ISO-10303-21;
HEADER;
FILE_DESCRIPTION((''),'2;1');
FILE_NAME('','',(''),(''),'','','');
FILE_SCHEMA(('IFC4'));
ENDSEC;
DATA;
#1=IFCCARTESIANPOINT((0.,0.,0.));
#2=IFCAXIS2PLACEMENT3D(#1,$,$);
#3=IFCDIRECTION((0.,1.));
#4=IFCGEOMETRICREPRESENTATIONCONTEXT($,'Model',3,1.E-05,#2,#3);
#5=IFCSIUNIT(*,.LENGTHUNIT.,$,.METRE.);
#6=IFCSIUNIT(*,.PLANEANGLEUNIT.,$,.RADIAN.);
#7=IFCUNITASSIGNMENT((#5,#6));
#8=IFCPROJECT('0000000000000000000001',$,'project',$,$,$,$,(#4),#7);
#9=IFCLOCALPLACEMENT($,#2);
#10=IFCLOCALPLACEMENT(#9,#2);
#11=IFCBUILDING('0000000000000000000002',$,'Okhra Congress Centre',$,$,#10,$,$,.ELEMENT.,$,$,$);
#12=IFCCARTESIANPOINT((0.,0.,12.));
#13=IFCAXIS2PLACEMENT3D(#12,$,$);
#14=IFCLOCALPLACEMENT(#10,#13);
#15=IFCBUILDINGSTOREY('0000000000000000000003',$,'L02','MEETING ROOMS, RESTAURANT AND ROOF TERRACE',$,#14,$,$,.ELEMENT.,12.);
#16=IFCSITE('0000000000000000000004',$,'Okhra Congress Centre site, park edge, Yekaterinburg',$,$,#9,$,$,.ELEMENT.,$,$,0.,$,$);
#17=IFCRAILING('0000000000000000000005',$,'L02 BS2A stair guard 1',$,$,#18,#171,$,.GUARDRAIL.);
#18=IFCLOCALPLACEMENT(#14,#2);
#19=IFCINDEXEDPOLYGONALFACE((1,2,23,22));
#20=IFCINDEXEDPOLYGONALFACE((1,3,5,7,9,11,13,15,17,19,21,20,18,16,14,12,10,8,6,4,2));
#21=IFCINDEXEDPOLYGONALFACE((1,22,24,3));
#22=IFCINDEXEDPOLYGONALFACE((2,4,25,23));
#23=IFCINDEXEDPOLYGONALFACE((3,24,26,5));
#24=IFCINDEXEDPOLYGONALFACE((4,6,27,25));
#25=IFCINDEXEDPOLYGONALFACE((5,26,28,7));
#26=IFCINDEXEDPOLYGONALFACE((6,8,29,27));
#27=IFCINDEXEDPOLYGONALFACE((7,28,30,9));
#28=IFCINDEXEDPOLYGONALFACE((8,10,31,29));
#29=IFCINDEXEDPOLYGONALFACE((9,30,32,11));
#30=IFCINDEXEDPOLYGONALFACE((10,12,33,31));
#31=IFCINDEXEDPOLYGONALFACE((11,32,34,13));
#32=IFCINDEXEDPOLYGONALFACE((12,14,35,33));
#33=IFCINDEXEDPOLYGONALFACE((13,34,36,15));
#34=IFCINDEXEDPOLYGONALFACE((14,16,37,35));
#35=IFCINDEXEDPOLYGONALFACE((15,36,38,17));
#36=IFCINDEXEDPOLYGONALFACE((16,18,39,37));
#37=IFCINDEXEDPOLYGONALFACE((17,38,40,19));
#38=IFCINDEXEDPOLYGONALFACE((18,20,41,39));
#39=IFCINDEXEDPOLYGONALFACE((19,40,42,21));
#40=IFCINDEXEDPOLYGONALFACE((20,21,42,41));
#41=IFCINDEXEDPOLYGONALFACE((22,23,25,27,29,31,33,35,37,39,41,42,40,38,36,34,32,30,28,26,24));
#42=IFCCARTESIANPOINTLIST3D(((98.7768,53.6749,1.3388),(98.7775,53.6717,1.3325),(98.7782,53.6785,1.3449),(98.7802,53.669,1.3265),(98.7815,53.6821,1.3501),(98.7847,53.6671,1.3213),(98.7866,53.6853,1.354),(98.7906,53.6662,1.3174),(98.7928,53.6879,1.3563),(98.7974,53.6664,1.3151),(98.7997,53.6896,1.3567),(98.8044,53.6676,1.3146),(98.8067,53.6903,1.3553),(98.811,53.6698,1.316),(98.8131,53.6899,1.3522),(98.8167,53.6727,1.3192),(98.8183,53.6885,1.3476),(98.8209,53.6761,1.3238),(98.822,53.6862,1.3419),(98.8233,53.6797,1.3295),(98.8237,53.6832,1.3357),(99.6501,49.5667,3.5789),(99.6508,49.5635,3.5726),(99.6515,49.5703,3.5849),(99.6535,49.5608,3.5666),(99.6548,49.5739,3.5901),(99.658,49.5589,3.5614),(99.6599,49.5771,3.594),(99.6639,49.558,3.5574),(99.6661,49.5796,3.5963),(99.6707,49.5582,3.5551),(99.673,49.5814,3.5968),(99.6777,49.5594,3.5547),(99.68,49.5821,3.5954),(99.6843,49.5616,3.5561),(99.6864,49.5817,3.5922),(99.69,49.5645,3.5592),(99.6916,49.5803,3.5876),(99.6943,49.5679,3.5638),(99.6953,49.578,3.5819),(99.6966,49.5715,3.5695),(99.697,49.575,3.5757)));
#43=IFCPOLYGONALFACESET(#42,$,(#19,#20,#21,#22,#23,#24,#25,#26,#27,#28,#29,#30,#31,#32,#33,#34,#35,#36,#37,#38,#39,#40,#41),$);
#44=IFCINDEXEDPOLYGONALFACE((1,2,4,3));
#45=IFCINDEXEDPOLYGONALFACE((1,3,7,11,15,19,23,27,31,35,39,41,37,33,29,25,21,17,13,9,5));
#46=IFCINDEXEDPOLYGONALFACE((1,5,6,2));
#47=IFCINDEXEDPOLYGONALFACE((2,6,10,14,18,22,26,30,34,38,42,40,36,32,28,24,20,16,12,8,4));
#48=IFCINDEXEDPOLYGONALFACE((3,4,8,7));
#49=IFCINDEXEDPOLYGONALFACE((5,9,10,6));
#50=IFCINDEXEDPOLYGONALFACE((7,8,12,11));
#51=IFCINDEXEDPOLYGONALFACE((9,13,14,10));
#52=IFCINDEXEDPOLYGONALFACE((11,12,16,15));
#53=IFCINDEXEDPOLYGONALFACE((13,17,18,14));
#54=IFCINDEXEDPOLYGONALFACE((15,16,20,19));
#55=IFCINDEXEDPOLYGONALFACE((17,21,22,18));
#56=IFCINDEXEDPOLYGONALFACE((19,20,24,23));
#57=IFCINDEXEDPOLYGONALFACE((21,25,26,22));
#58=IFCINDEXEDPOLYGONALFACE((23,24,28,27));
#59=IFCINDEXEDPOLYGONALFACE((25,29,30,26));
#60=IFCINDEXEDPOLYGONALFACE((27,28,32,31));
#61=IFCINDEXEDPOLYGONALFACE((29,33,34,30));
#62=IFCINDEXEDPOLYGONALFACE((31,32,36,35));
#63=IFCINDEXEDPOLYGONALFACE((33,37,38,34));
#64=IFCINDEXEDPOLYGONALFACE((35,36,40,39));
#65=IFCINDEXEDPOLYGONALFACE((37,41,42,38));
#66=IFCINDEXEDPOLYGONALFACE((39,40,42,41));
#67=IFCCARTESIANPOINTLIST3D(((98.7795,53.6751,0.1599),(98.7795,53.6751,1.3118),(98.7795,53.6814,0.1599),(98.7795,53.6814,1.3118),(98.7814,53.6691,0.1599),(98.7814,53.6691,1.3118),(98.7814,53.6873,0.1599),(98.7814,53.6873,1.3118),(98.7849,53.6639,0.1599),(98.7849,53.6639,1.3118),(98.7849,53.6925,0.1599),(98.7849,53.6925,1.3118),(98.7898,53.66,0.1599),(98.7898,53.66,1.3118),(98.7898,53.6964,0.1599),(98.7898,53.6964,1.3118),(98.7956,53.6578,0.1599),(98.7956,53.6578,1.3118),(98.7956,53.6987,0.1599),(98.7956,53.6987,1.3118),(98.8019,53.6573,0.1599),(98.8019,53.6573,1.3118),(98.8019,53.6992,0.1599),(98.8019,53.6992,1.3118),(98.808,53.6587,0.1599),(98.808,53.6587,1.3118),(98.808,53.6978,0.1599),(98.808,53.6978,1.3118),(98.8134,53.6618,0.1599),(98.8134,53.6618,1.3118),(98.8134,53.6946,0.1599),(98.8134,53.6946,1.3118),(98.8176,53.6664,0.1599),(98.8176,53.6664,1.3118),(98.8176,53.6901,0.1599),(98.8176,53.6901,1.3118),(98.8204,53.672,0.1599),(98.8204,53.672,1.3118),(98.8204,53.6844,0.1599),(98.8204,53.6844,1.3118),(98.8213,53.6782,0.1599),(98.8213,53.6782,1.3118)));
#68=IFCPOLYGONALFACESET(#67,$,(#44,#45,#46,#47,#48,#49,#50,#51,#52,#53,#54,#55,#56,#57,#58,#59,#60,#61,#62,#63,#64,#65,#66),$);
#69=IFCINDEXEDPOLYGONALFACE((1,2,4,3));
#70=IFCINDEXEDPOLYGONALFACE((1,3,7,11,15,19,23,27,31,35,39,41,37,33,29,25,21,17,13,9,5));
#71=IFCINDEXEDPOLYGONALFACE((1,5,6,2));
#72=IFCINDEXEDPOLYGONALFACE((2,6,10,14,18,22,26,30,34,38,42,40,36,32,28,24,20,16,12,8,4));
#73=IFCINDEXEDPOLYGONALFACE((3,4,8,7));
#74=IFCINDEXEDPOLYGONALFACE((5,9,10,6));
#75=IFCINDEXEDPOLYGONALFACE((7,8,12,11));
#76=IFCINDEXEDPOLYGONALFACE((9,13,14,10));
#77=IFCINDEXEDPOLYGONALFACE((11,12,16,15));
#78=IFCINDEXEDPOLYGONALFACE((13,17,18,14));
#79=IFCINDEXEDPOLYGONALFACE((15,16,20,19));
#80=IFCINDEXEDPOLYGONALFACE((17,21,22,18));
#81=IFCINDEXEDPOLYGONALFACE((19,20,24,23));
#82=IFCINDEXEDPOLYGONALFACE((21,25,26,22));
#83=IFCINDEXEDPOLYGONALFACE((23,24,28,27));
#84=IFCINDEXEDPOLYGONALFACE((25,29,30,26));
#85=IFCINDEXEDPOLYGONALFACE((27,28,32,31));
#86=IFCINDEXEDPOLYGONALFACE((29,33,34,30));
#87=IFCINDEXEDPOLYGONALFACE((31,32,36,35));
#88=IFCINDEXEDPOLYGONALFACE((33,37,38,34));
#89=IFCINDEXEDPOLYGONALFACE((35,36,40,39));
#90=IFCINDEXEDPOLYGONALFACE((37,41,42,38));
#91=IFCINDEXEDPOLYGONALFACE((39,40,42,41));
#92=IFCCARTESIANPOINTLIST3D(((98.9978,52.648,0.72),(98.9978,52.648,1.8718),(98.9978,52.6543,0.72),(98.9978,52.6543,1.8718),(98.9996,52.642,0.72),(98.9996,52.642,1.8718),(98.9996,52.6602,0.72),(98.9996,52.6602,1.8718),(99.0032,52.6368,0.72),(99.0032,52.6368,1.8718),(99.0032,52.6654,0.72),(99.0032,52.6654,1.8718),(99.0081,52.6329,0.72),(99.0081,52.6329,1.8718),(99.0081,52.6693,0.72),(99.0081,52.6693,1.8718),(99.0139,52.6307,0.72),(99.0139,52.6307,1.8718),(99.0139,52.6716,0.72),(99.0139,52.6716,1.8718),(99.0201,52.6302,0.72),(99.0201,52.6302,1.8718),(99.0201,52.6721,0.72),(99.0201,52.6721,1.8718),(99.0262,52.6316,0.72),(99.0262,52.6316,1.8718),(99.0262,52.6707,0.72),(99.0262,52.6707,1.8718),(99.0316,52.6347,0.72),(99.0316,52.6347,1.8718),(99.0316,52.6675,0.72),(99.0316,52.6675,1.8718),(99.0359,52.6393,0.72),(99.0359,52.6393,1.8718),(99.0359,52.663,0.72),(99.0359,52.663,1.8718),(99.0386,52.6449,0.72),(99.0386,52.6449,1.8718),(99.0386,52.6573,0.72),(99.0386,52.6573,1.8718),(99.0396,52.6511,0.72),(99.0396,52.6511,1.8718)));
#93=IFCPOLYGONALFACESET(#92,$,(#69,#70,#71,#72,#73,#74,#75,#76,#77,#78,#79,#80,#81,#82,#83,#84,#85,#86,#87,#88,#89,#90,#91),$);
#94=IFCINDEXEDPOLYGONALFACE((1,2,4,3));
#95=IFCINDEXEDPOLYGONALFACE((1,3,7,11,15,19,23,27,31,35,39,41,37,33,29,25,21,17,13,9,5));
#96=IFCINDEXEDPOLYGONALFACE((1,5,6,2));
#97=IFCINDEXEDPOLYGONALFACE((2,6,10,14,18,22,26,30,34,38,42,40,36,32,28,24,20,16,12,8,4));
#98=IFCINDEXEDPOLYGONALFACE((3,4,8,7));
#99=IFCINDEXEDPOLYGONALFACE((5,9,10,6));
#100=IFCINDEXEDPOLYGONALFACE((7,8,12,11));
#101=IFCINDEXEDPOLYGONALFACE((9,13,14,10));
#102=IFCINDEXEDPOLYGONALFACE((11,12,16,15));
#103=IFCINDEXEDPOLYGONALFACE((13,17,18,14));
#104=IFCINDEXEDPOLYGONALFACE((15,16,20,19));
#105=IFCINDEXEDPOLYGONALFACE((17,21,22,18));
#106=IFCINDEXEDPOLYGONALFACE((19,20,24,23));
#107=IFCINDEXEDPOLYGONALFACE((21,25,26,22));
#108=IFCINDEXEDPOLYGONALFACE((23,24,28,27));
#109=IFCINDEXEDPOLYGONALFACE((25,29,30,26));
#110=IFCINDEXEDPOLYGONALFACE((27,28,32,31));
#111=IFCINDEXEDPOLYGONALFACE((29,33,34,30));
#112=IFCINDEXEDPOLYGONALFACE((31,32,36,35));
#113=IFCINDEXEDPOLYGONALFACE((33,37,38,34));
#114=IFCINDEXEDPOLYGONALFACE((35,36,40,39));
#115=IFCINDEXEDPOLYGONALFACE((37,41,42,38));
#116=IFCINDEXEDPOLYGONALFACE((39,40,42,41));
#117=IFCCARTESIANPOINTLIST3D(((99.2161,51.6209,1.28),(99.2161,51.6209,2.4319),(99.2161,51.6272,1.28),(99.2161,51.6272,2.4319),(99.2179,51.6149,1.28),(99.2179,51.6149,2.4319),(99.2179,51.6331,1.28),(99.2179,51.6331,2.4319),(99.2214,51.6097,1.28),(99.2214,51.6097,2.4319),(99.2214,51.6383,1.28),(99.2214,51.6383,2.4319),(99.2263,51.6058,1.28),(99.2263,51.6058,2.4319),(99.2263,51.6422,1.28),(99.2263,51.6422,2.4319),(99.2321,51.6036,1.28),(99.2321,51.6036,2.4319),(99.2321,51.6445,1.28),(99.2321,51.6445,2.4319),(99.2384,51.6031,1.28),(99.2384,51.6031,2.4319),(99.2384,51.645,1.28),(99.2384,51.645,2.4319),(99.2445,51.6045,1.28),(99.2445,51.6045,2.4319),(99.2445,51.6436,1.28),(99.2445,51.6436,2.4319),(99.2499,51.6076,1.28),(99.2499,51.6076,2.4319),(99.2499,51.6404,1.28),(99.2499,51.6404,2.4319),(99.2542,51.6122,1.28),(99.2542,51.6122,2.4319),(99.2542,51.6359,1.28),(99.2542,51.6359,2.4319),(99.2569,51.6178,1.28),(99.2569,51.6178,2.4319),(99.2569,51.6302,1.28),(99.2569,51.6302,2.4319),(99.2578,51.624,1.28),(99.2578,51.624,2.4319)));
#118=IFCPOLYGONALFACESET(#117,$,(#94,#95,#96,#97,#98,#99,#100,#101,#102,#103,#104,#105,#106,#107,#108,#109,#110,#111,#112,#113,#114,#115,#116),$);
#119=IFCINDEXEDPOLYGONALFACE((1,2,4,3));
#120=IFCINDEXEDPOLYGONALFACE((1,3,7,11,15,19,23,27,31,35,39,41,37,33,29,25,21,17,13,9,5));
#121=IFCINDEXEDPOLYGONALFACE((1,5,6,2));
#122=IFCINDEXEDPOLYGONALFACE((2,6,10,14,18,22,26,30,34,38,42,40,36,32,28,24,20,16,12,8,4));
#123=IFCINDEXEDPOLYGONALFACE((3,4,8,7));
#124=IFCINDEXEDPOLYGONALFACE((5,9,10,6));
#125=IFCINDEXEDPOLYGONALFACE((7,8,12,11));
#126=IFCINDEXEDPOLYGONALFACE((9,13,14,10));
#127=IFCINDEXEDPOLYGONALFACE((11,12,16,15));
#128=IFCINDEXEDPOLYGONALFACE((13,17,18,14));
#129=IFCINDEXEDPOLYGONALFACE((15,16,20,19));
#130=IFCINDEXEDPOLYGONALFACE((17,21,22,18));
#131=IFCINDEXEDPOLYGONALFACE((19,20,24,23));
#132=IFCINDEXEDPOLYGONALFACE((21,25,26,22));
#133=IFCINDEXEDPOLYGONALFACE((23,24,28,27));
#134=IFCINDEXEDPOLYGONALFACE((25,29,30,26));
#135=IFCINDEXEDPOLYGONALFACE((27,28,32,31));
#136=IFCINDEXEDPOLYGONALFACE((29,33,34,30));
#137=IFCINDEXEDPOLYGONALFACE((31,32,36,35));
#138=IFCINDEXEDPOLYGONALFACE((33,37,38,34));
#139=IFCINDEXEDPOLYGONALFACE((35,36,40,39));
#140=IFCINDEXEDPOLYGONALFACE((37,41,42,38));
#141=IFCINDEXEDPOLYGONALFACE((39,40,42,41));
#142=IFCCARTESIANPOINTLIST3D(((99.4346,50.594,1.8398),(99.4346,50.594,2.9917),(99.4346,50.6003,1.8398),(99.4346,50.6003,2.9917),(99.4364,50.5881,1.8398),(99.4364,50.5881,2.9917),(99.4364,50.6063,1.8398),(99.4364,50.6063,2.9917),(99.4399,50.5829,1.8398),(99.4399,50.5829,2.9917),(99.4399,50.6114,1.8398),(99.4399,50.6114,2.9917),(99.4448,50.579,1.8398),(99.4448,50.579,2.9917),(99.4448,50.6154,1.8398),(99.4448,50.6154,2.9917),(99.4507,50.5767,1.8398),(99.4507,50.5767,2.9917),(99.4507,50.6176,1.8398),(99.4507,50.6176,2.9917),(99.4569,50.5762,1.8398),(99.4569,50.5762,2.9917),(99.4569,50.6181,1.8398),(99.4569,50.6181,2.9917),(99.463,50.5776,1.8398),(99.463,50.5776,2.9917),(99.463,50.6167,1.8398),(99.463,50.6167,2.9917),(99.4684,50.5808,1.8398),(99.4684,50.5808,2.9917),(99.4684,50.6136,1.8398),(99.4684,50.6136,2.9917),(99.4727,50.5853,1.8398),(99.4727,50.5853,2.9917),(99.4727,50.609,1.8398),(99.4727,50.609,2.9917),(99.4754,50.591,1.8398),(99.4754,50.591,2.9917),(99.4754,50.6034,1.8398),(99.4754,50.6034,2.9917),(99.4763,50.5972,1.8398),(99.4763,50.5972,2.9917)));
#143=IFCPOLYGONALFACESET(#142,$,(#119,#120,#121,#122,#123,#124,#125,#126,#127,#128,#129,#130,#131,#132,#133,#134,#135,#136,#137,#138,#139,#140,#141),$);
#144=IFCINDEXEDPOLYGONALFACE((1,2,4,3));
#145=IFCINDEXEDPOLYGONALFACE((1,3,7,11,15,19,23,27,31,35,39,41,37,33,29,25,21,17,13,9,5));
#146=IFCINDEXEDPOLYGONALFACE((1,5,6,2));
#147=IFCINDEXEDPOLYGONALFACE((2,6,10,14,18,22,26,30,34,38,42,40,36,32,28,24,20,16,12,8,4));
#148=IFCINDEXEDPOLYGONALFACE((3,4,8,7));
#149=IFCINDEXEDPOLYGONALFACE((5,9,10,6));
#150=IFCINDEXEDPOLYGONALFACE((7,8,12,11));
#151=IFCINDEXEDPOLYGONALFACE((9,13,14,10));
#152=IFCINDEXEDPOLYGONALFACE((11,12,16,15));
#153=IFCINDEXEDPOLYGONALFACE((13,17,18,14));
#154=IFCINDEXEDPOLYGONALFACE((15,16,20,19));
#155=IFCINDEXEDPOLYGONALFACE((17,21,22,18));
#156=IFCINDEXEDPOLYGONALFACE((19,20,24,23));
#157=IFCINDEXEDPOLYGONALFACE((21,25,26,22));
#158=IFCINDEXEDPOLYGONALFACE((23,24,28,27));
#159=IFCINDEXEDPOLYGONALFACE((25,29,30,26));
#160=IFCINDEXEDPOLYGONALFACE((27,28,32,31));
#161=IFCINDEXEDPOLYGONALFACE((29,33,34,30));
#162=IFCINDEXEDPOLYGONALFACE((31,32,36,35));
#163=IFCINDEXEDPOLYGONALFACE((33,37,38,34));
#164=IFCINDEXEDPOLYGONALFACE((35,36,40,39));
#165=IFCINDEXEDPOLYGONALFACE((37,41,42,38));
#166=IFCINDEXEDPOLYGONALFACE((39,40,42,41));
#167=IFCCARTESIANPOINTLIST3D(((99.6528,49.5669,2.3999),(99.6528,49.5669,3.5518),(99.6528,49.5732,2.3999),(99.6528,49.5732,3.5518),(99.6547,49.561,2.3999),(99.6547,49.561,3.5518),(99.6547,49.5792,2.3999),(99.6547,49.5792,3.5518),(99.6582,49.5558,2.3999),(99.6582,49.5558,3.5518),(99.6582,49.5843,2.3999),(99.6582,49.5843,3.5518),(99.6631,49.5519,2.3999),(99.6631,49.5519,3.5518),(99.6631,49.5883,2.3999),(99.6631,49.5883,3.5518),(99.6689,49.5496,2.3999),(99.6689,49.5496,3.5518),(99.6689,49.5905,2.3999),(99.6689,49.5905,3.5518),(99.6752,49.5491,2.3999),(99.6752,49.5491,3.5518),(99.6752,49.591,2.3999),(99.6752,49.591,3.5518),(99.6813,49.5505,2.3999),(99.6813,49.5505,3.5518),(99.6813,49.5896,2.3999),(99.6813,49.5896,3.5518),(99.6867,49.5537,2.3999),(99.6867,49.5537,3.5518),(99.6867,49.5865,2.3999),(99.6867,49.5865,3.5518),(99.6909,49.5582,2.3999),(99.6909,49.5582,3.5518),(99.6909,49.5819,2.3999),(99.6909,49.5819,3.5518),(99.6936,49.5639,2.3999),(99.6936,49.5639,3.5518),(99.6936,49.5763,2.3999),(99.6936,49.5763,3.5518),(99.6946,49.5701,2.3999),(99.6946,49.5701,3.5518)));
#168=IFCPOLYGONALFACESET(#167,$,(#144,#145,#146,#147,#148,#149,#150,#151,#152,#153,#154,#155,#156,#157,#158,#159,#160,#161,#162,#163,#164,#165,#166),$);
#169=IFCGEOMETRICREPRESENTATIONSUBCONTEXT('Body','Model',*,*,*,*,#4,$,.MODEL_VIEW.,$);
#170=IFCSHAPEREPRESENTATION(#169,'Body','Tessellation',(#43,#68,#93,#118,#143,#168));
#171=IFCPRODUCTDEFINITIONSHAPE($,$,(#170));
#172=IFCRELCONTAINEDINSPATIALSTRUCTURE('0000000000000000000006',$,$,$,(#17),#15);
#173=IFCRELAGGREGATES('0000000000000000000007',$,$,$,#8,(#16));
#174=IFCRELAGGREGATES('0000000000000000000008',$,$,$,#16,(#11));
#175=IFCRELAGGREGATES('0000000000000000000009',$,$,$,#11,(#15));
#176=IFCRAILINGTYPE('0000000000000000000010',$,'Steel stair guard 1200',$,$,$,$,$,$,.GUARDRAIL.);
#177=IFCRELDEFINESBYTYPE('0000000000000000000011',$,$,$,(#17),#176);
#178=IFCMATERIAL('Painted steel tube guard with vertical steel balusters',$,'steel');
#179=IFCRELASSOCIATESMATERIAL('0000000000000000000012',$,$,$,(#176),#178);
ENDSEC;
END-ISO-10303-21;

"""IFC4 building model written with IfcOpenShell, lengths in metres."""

from ifc_helpers import new_model, si_unit, direction, frame, origin, origin_2d, place, context, subcontext, project, spatial, circle, extrude, material, type_object, element, save


model = new_model("IFC4")

# Units and contexts
model_context = context("Model", 3, precision=1e-05, world=origin(), true_north=direction((0.0, 1.0)))
body_context = subcontext(model_context, "Body", "Model", "MODEL_VIEW")
ifc_project = project(units=[si_unit("LENGTHUNIT", "METRE"), si_unit("PLANEANGLEUNIT", "RADIAN")], contexts=[model_context])

# Site, building, storey
site_placement = place(None, origin())
site = spatial("IfcSite", under=ifc_project, at=site_placement, Name="Okhra Congress Centre site, park edge, Yekaterinburg", CompositionType="ELEMENT", RefElevation=0.0)
building_placement = place(site_placement, origin())
building = spatial("IfcBuilding", under=site, at=building_placement, Name="Okhra Congress Centre", CompositionType="ELEMENT")
storey_placement = place(building_placement, frame((0.0, 0.0, 12.0)))
storey = spatial("IfcBuildingStorey", under=building, at=storey_placement, Name="L02", Description="MEETING ROOMS, RESTAURANT AND ROOF TERRACE", CompositionType="ELEMENT", Elevation=12.0)

# Railing
ifc_material_1 = material(Name="Painted steel tube guard with vertical steel balusters", Category="steel")
railing_type_1 = type_object("IfcRailingType", Name="Steel stair guard 1200", PredefinedType="GUARDRAIL", material=ifc_material_1)
railing_1_placement = place(storey_placement, frame((98.8003, 53.6782, 0.1599)))
element("IfcRailing", 1, at=railing_1_placement, inside=storey, type_object=railing_type_1, Name="L02 BS2A stair guard 1", PredefinedType="GUARDRAIL", context=body_context, shape_type="SweptSolid", body=[
    extrude(circle(Radius=0.0239, at=origin_2d()), frame((0.0, 0.0, 1.1758), z_axis=(0.183466, -0.863067, 0.470591), x_axis=(0.978144, 0.207929, 0.0)), (0.0, 0.0, 1.0), 4.76),
    extrude(circle(Radius=0.021, at=origin_2d()), origin(), (0.0, 0.0, 1.0), 1.1519),
    extrude(circle(Radius=0.021, at=origin_2d()), frame((0.2183, -1.0271, 0.5601)), (0.0, 0.0, 1.0), 1.1519),
    extrude(circle(Radius=0.021, at=origin_2d()), frame((0.4365, -2.0542, 1.1201)), (0.0, 0.0, 1.0), 1.1519),
    extrude(circle(Radius=0.021, at=origin_2d()), frame((0.655, -3.0811, 1.6799)), (0.0, 0.0, 1.0), 1.1519),
    extrude(circle(Radius=0.021, at=origin_2d()), frame((0.8733, -4.1082, 2.24)), (0.0, 0.0, 1.0), 1.1519),
])

save(model, "model.ifc")
